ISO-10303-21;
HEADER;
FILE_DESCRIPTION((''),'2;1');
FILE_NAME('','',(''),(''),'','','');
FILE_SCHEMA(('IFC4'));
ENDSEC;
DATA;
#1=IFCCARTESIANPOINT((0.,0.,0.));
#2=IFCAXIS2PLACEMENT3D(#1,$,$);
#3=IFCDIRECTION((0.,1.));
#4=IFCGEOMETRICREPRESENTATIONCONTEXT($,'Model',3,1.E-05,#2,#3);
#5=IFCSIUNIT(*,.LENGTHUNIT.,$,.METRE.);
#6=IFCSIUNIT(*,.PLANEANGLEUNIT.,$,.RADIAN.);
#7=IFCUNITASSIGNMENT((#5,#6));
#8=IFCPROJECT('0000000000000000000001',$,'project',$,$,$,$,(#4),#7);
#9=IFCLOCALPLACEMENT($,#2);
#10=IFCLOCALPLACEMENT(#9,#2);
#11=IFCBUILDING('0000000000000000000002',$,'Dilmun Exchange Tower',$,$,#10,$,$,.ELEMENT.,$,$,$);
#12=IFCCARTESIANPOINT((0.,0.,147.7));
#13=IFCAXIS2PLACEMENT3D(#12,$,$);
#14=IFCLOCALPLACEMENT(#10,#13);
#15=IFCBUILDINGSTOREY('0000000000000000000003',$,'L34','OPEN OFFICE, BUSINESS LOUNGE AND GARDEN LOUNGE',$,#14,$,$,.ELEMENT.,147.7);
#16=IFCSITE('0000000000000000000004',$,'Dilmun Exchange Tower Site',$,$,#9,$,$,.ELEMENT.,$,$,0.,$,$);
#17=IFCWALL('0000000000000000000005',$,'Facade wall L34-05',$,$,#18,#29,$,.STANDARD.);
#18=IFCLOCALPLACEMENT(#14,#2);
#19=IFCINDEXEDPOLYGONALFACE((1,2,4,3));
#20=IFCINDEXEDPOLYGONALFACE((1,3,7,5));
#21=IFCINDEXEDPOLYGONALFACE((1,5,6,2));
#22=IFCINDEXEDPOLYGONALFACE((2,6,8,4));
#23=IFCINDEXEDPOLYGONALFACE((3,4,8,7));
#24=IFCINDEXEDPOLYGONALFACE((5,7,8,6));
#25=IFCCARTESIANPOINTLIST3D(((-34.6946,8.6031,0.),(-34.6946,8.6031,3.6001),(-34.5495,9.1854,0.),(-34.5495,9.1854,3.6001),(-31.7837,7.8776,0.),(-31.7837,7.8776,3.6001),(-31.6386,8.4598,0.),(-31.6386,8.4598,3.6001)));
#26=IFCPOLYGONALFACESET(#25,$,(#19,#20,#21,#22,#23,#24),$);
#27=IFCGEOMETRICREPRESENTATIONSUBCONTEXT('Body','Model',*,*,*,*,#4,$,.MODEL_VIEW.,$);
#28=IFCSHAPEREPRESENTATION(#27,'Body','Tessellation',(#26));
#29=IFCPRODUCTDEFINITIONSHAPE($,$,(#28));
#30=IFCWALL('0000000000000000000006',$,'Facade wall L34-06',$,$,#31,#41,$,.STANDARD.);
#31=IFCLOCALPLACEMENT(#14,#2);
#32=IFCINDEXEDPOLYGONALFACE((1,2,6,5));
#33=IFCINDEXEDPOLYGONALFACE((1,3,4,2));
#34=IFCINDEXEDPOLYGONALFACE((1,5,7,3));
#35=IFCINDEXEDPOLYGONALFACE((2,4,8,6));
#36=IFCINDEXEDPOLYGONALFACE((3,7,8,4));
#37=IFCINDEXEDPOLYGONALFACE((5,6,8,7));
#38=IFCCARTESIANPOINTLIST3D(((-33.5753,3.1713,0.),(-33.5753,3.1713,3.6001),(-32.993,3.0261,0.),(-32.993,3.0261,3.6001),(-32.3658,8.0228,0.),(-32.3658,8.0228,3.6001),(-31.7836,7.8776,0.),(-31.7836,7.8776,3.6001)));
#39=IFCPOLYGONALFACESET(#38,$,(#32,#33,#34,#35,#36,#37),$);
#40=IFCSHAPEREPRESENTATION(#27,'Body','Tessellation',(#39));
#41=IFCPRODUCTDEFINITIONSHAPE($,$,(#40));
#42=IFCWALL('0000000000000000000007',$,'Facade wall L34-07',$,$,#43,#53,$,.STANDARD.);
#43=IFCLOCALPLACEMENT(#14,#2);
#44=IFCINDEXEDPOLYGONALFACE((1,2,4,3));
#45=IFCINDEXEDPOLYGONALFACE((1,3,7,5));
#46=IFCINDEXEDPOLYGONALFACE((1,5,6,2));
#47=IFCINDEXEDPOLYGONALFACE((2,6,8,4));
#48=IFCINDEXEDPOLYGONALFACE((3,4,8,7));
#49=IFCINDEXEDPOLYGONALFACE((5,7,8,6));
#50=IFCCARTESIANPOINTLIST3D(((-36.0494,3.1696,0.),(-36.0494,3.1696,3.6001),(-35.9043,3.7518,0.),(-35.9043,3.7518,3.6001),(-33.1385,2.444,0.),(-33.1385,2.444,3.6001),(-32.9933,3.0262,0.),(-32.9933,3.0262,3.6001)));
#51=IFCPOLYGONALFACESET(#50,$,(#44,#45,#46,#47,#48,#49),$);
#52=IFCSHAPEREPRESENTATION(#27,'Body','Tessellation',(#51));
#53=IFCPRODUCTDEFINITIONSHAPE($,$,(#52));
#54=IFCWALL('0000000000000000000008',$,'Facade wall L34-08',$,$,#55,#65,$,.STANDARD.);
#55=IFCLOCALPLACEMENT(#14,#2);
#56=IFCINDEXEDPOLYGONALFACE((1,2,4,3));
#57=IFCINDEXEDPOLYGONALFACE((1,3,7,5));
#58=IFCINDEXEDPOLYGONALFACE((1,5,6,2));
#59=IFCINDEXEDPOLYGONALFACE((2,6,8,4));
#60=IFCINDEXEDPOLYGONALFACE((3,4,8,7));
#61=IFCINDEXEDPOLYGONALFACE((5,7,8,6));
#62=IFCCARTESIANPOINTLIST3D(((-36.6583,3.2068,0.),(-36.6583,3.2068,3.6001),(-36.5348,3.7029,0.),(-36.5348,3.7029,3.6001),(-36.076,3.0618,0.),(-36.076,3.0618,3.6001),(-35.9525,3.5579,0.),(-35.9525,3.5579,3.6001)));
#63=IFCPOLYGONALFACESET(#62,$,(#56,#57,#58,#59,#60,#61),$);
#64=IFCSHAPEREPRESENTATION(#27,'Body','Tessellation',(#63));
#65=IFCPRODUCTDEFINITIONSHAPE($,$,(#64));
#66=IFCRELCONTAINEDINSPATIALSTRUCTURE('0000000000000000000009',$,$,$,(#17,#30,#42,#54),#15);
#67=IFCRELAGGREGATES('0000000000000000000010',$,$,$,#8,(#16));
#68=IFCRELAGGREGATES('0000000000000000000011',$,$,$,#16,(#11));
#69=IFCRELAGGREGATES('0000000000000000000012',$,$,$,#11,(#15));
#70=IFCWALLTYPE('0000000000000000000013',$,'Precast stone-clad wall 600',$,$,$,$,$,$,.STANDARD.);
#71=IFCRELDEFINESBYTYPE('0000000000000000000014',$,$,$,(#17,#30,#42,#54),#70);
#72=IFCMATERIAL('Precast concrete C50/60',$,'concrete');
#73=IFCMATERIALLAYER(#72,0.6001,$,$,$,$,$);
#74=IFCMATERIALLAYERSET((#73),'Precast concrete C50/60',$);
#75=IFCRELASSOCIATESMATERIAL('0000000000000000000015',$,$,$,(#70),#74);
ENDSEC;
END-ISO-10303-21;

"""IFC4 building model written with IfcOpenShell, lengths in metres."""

from ifc_helpers import new_model, si_unit, direction, frame, frame_2d, origin, place, context, subcontext, project, spatial, rectangle, extrude, material, layer, layer_set, type_object, element, save


model = new_model("IFC4")

# Units and contexts
model_context = context("Model", 3, precision=1e-05, world=origin(), true_north=direction((0.0, 1.0)))
body_context = subcontext(model_context, "Body", "Model", "MODEL_VIEW")
ifc_project = project(units=[si_unit("LENGTHUNIT", "METRE"), si_unit("PLANEANGLEUNIT", "RADIAN")], contexts=[model_context])

# Site, building, storey
site_placement = place(None, origin())
site = spatial("IfcSite", under=ifc_project, at=site_placement, Name="Dilmun Exchange Tower Site", CompositionType="ELEMENT", RefElevation=0.0)
building_placement = place(site_placement, origin())
building = spatial("IfcBuilding", under=site, at=building_placement, Name="Dilmun Exchange Tower", CompositionType="ELEMENT")
storey_placement = place(building_placement, frame((0.0, 0.0, 147.7)))
storey = spatial("IfcBuildingStorey", under=building, at=storey_placement, Name="L34", Description="OPEN OFFICE, BUSINESS LOUNGE AND GARDEN LOUNGE", CompositionType="ELEMENT", Elevation=147.7)

# Walls
ifc_material_1 = material(Name="Precast concrete C50/60", Category="concrete")
ifc_layer_1 = layer(ifc_material_1, 0.6001)
ifc_layer_set_1 = layer_set([ifc_layer_1], Name="Precast concrete C50/60")
wall_type_1 = type_object("IfcWallType", Name="Precast stone-clad wall 600", PredefinedType="STANDARD", material=ifc_layer_set_1)
wall_1_placement = place(storey_placement, frame((-34.6221, 8.8943, 0.0), z_axis=(0.0, 0.0, 1.0), x_axis=(0.97031, -0.241865, 0.0)))
element("IfcWall", 1, at=wall_1_placement, inside=storey, type_object=wall_type_1, Name="Facade wall L34-05", PredefinedType="STANDARD", context=body_context, shape_type="SweptSolid", body=[
    extrude(rectangle(XDim=3.0, YDim=0.6001, at=frame_2d((1.5, 0.0))), origin(), (0.0, 0.0, 1.0), 3.6001),
])
wall_2_placement = place(storey_placement, frame((-32.0747, 7.9502, 0.0), z_axis=(0.0, 0.0, 1.0), x_axis=(-0.241892, -0.970303, 0.0)))
element("IfcWall", 2, at=wall_2_placement, inside=storey, type_object=wall_type_1, Name="Facade wall L34-06", PredefinedType="STANDARD", context=body_context, shape_type="SweptSolid", body=[
    extrude(rectangle(XDim=5.0, YDim=0.6001, at=frame_2d((2.5, 0.0))), origin(), (0.0, 0.0, 1.0), 3.6001),
])
wall_3_placement = place(storey_placement, frame((-33.0659, 2.7351, 0.0), z_axis=(0.0, 0.0, 1.0), x_axis=(-0.97031, 0.241865, 0.0)))
element("IfcWall", 3, at=wall_3_placement, inside=storey, type_object=wall_type_1, Name="Facade wall L34-07", PredefinedType="STANDARD", context=body_context, shape_type="SweptSolid", body=[
    extrude(rectangle(XDim=3.0, YDim=0.6001, at=frame_2d((1.5, 0.0))), origin(), (0.0, 0.0, 1.0), 3.6001),
])
wall_4_placement = place(storey_placement, frame((-36.2437, 3.6304, 0.0), z_axis=(0.0, 0.0, 1.0), x_axis=(-0.241637, -0.970367, 0.0)))
element("IfcWall", 4, at=wall_4_placement, inside=storey, type_object=wall_type_1, Name="Facade wall L34-08", PredefinedType="STANDARD", context=body_context, shape_type="SweptSolid", body=[
    extrude(rectangle(XDim=0.5112, YDim=0.6001, at=frame_2d((0.2556, 0.0))), origin(), (0.0, 0.0, 1.0), 3.6001),
])

save(model, "model.ifc")
